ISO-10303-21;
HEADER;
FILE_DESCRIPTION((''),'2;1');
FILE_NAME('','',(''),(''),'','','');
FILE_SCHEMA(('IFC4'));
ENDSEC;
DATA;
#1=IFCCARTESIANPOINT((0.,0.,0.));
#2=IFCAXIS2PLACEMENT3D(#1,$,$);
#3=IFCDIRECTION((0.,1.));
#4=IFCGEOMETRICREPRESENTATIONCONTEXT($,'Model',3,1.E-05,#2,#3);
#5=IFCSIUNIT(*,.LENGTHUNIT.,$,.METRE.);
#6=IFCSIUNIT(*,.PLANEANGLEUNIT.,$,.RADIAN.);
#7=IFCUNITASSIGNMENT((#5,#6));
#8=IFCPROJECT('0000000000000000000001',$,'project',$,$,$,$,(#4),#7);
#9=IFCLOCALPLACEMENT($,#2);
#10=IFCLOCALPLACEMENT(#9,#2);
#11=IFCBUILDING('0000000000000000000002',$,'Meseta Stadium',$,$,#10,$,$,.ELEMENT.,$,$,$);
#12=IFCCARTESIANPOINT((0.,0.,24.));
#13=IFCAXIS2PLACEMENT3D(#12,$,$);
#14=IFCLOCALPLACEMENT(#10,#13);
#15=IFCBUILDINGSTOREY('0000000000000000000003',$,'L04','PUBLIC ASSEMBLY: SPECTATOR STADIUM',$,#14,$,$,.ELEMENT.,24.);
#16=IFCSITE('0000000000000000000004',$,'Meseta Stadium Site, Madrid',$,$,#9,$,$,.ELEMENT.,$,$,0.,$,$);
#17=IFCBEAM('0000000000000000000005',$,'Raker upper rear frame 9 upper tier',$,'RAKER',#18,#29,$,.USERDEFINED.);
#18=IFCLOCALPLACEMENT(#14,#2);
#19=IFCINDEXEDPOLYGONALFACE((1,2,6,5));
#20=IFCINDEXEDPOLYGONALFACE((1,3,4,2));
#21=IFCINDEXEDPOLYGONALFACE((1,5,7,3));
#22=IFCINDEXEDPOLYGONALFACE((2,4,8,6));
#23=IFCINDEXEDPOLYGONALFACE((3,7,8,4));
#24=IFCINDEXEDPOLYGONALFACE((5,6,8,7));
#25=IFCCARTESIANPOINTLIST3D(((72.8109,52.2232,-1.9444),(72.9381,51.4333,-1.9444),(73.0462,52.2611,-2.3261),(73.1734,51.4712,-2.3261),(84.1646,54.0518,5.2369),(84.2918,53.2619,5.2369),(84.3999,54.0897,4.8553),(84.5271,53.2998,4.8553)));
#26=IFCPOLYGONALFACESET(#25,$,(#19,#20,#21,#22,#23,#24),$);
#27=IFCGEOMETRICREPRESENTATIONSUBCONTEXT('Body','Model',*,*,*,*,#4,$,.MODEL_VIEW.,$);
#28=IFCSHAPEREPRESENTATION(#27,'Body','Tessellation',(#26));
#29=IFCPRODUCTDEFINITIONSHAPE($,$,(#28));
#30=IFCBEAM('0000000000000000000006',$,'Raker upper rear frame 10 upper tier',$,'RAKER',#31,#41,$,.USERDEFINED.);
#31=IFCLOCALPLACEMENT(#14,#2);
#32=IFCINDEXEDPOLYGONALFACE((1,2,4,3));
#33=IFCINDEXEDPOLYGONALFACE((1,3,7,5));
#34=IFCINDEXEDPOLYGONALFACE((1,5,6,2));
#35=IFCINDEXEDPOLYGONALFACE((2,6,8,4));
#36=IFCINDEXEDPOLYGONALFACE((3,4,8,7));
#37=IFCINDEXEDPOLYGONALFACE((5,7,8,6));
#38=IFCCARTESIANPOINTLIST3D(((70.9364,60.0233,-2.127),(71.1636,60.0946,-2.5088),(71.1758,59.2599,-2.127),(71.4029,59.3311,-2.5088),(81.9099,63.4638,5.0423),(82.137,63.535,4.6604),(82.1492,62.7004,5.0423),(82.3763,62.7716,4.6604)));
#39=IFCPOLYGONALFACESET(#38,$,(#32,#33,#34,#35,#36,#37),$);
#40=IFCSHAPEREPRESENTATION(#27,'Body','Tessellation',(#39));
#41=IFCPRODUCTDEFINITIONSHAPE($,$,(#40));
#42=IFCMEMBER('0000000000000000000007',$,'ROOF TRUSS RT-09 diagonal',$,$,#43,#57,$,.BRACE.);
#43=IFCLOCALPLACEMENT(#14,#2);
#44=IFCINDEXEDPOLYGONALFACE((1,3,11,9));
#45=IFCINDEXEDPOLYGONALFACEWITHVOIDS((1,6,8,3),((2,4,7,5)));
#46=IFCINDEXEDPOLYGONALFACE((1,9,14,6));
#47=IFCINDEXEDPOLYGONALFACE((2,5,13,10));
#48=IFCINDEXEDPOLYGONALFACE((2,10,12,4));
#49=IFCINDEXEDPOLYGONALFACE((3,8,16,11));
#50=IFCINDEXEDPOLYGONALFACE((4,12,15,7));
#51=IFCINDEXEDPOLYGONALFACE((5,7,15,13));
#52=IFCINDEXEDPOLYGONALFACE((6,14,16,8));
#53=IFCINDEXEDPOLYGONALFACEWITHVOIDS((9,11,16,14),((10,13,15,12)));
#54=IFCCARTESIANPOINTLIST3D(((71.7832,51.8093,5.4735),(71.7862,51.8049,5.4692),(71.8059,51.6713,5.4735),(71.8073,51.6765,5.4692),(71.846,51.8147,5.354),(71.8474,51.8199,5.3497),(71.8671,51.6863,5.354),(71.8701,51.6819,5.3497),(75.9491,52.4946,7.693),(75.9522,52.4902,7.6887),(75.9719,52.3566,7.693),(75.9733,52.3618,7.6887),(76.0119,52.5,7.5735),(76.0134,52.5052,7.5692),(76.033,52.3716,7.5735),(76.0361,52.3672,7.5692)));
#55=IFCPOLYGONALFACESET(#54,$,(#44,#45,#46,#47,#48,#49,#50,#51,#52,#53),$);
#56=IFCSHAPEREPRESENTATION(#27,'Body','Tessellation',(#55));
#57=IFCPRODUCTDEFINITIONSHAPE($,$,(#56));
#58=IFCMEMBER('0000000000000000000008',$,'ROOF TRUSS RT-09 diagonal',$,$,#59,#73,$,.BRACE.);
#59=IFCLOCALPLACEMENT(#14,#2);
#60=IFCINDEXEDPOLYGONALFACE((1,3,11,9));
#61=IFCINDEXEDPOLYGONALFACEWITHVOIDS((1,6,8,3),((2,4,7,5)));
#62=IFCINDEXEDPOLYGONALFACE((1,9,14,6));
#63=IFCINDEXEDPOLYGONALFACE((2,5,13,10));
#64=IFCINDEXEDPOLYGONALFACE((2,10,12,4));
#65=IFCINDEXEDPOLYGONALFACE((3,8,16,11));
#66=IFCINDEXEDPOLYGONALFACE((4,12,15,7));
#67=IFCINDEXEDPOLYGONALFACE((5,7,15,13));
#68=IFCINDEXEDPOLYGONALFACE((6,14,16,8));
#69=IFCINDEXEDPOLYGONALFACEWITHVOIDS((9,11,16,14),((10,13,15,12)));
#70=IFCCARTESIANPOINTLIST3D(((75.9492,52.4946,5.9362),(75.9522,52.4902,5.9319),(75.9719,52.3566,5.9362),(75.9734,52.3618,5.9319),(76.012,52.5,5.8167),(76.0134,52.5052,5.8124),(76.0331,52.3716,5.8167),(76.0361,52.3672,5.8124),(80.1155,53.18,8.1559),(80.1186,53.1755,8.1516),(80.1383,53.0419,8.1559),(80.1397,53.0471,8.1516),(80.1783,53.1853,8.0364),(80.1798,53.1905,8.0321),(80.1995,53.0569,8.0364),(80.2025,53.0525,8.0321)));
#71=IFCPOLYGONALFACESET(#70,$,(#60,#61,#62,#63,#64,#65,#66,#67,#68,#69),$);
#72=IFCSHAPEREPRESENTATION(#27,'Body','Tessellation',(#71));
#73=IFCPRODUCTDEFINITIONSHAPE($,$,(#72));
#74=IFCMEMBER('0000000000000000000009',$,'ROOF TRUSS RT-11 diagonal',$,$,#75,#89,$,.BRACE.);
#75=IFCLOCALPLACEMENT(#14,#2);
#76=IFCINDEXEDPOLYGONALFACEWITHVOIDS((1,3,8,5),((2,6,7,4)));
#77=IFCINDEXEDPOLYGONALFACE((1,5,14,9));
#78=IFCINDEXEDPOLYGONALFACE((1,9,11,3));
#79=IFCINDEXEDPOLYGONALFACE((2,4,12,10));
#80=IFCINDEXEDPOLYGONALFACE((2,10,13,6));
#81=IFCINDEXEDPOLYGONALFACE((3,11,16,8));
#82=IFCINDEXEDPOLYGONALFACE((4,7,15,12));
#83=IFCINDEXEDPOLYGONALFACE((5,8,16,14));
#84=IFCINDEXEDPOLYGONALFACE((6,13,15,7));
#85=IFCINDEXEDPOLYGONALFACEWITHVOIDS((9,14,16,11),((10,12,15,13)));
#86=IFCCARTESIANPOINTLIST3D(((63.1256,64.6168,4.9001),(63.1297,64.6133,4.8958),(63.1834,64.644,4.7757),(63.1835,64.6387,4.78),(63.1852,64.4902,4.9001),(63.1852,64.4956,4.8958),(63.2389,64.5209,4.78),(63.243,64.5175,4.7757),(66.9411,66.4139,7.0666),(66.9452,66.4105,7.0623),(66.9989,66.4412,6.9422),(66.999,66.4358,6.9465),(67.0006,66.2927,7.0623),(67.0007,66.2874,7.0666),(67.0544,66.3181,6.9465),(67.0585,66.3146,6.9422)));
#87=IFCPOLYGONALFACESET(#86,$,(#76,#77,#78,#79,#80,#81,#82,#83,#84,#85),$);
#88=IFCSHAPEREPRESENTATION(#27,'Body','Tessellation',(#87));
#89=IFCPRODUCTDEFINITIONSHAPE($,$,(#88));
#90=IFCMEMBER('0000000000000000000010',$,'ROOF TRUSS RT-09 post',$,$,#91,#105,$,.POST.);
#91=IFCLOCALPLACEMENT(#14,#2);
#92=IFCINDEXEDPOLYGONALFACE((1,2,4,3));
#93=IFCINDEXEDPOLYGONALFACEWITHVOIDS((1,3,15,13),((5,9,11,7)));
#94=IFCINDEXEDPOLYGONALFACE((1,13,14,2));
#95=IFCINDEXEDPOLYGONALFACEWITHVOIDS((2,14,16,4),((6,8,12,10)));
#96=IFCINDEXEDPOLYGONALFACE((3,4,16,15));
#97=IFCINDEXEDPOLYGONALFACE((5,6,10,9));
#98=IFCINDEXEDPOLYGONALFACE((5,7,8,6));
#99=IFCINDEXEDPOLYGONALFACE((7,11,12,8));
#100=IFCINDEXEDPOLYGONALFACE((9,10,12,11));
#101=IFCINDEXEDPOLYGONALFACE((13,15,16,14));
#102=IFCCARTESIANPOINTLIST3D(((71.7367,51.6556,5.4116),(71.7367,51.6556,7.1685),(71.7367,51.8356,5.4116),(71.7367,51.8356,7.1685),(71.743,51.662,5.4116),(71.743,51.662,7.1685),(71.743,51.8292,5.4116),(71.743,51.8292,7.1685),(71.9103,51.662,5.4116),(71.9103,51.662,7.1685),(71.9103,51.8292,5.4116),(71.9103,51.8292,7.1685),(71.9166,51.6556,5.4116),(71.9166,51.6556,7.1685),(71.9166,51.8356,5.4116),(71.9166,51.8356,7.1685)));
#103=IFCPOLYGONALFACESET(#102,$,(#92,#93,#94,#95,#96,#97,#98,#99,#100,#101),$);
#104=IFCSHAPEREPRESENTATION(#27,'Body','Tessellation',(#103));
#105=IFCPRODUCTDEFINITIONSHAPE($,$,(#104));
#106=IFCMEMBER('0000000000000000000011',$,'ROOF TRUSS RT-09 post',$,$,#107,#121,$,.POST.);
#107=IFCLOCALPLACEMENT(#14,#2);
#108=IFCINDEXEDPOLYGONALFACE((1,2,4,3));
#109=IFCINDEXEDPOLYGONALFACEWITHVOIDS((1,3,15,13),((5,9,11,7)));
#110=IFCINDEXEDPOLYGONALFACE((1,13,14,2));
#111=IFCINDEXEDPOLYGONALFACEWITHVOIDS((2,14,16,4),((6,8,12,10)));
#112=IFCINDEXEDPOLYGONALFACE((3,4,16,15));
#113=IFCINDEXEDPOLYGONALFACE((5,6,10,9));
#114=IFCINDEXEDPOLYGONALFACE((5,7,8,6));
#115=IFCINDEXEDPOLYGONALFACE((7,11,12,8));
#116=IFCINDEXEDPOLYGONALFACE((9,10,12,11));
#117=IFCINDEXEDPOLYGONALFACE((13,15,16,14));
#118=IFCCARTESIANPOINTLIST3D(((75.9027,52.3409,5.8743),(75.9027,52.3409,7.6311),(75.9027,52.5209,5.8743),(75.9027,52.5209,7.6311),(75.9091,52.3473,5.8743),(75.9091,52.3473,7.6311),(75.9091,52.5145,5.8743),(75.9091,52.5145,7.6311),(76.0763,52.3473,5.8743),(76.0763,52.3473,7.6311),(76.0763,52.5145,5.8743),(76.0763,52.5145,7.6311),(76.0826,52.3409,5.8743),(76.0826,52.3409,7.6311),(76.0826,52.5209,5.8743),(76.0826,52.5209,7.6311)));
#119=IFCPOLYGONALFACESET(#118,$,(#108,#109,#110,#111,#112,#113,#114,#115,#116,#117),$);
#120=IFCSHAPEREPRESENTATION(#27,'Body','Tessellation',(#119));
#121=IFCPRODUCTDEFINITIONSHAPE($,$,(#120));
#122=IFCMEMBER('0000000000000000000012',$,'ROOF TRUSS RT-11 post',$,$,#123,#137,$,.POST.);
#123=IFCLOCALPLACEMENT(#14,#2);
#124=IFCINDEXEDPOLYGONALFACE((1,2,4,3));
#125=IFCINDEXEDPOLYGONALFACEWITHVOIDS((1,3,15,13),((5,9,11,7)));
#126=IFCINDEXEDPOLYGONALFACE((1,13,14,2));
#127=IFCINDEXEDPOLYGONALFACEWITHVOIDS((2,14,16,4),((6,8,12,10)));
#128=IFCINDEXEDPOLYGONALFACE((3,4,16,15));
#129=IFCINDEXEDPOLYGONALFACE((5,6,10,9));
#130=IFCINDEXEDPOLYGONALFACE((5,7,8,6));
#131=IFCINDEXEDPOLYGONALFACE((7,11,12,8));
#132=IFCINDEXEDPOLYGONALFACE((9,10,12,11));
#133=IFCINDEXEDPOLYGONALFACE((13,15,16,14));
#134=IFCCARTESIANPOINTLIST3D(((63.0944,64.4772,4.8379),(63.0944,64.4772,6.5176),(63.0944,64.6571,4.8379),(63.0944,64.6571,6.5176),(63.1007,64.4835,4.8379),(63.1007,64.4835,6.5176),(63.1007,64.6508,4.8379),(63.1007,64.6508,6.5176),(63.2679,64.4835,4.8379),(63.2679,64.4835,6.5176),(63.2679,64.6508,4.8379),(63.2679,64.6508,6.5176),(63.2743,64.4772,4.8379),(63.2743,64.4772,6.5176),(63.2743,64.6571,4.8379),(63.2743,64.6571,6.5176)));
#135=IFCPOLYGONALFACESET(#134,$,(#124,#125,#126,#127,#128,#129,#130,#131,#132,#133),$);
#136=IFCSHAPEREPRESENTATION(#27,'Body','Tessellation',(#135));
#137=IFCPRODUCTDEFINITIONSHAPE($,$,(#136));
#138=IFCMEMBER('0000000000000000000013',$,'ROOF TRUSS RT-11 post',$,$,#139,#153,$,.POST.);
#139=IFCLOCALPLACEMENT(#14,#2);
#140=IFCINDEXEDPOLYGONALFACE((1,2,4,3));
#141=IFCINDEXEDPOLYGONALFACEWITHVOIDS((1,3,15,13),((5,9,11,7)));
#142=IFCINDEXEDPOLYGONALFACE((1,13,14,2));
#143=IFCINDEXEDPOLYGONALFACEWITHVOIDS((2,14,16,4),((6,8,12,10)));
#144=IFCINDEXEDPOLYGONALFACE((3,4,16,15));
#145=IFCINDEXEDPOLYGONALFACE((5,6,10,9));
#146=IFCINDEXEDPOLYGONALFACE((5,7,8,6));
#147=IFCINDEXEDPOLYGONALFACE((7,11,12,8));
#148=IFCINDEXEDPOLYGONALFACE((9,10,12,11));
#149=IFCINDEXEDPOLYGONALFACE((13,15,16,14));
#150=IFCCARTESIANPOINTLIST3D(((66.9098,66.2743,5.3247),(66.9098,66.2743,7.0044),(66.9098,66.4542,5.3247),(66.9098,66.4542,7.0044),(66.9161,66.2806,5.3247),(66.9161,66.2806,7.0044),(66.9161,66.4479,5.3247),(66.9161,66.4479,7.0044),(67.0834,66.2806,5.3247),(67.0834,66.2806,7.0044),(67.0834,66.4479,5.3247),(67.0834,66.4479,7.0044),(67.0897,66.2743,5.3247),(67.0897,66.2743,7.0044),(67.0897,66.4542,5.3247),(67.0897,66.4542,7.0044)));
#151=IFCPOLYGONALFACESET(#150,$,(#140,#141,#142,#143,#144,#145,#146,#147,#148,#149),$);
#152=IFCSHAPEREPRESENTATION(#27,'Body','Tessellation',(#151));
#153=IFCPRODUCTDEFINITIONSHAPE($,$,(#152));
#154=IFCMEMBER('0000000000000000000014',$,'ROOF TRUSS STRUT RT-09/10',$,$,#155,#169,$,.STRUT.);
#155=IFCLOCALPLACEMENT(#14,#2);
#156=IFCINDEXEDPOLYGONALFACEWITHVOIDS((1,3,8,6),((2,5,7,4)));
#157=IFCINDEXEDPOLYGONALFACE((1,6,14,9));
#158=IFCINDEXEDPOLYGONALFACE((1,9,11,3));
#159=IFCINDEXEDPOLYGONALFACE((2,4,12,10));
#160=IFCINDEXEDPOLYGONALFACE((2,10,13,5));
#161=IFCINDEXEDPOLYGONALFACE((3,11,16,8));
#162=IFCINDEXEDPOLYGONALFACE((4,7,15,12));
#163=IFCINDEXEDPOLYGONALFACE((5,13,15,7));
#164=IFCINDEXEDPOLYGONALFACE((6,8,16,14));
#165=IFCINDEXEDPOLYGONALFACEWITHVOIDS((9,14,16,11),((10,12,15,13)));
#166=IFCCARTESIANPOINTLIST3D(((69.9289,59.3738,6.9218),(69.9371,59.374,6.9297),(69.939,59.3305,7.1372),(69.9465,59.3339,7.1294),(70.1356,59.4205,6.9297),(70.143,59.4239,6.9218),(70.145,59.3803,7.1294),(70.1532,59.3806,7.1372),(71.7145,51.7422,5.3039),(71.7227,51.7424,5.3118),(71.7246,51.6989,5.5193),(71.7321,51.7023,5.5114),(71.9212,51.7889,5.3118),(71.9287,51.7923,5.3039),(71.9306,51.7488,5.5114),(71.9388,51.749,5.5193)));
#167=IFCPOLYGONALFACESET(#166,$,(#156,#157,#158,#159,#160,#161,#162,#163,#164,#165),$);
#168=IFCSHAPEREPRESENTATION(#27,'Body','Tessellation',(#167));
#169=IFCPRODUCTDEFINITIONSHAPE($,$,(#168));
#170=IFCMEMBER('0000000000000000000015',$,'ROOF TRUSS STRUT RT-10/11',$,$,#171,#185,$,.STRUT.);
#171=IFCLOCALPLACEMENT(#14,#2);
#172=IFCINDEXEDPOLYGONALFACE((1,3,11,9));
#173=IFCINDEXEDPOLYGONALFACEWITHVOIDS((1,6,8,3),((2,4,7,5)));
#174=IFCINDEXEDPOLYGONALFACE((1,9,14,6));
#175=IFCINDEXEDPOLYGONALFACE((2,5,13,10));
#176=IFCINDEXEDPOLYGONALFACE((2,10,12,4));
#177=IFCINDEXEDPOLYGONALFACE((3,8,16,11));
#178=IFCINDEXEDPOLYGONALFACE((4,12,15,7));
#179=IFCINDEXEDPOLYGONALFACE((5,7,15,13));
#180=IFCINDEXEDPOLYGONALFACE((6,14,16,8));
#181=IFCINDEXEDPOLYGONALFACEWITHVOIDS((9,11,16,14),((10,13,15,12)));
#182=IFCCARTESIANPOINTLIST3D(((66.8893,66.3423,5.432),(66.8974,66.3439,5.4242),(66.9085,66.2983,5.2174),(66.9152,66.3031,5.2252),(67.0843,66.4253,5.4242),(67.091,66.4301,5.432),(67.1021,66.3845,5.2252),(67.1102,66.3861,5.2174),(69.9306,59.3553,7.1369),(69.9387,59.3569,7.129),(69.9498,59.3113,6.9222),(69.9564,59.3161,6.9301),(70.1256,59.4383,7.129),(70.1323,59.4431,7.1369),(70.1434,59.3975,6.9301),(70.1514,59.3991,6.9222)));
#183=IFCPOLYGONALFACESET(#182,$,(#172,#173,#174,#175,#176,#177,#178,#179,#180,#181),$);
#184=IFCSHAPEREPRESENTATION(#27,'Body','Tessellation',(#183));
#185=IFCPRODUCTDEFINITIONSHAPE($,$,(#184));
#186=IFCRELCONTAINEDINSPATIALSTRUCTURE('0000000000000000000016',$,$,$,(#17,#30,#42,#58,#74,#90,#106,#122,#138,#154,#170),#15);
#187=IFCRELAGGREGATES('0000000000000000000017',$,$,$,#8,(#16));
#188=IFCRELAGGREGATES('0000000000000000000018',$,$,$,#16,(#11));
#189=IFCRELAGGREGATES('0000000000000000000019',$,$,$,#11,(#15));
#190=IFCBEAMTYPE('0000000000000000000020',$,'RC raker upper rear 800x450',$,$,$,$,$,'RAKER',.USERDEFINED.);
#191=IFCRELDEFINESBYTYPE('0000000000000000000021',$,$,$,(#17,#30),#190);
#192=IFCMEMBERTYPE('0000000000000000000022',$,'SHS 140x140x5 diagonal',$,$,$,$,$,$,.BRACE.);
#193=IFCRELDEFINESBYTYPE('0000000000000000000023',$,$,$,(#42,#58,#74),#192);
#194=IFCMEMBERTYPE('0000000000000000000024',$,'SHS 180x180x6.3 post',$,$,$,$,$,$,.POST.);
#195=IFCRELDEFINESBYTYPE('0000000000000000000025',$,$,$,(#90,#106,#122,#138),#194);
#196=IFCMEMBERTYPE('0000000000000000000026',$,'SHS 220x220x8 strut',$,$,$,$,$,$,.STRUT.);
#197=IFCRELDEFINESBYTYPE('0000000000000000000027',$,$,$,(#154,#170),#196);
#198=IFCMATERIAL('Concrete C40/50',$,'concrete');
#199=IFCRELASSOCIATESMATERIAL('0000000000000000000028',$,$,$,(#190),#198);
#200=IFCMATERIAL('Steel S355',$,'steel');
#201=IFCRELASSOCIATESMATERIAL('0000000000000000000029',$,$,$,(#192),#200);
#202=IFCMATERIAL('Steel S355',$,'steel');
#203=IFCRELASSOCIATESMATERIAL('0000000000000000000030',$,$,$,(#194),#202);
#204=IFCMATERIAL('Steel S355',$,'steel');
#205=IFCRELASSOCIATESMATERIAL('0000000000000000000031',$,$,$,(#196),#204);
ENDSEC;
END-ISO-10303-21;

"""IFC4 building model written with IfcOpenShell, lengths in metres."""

from ifc_helpers import new_model, si_unit, direction, frame, origin, origin_2d, place, context, subcontext, project, spatial, rectangle, hollow_rectangle, extrude, material, material_profile, profile_set, type_object, element, save


model = new_model("IFC4")

# Units and contexts
model_context = context("Model", 3, precision=1e-05, world=origin(), true_north=direction((0.0, 1.0)))
body_context = subcontext(model_context, "Body", "Model", "MODEL_VIEW")
ifc_project = project(units=[si_unit("LENGTHUNIT", "METRE"), si_unit("PLANEANGLEUNIT", "RADIAN")], contexts=[model_context])

# Site, building, storey
site_placement = place(None, origin())
site = spatial("IfcSite", under=ifc_project, at=site_placement, Name="Meseta Stadium Site, Madrid", CompositionType="ELEMENT", RefElevation=0.0)
building_placement = place(site_placement, origin())
building = spatial("IfcBuilding", under=site, at=building_placement, Name="Meseta Stadium", CompositionType="ELEMENT")
storey_placement = place(building_placement, frame((0.0, 0.0, 24.0)))
storey = spatial("IfcBuildingStorey", under=building, at=storey_placement, Name="L04", Description="PUBLIC ASSEMBLY: SPECTATOR STADIUM", CompositionType="ELEMENT", Elevation=24.0)

# Beams
ifc_material_1 = material(Name="Concrete C40/50", Category="concrete")
ifc_material_profile_1 = material_profile(ifc_material_1, rectangle(XDim=0.8, YDim=0.45, at=origin_2d()), Name="RC 800x450")
ifc_profile_set_1 = profile_set([ifc_material_profile_1], Name="Concrete C40/50")
beam_type = type_object("IfcBeamType", Name="RC raker upper rear 800x450", ElementType="RAKER", PredefinedType="USERDEFINED", material=ifc_profile_set_1)
beam_1_placement = place(storey_placement, frame((72.9922, 51.8472, -2.1353), z_axis=(0.837411, 0.134872, 0.529673), x_axis=(-0.159009, 0.987277, 0.0)))
element("IfcBeam", 1, at=beam_1_placement, inside=storey, type_object=beam_type, Name="Raker upper rear frame 9 upper tier", ObjectType="RAKER", PredefinedType="USERDEFINED", context=body_context, shape_type="SweptSolid", body=[
    extrude(rectangle(XDim=0.8, YDim=0.45, at=origin_2d()), origin(), (0.0, 0.0, 1.0), 13.5581),
])
beam_2_placement = place(storey_placement, frame((71.1697, 59.6772, -2.3179), z_axis=(0.809741, 0.253874, 0.529024), x_axis=(-0.299166, 0.954201, 0.0)))
element("IfcBeam", 2, at=beam_2_placement, inside=storey, type_object=beam_type, Name="Raker upper rear frame 10 upper tier", ObjectType="RAKER", PredefinedType="USERDEFINED", context=body_context, shape_type="SweptSolid", body=[
    extrude(rectangle(XDim=0.8, YDim=0.45, at=origin_2d()), origin(), (0.0, 0.0, 1.0), 13.5518),
])

# Members
ifc_material_2 = material(Name="Steel S355", Category="steel")
ifc_material_profile_2 = material_profile(ifc_material_2, hollow_rectangle(XDim=0.1399, YDim=0.1399, WallThickness=0.0049, at=origin_2d()), Name="SHS 140x140x5")
ifc_profile_set_2 = profile_set([ifc_material_profile_2], Name="Steel S355")
member_type_1 = type_object("IfcMemberType", Name="SHS 140x140x5 diagonal", PredefinedType="BRACE", material=ifc_profile_set_2)
member_1_placement = place(storey_placement, frame((71.8267, 51.7456, 5.4116), z_axis=(0.873407, 0.143674, 0.465315), x_axis=(-0.162317, 0.986739, 0.0)))
element("IfcMember", 3, at=member_1_placement, inside=storey, type_object=member_type_1, Name="ROOF TRUSS RT-09 diagonal", PredefinedType="BRACE", context=body_context, shape_type="SweptSolid", body=[
    extrude(hollow_rectangle(XDim=0.1399, YDim=0.1399, WallThickness=0.0049, at=origin_2d()), origin(), (0.0, 0.0, 1.0), 4.7698),
])
member_2_placement = place(storey_placement, frame((75.9927, 52.4309, 5.8743), z_axis=(0.873398, 0.143664, 0.465335), x_axis=(-0.162308, 0.98674, 0.0)))
element("IfcMember", 4, at=member_2_placement, inside=storey, type_object=member_type_1, Name="ROOF TRUSS RT-09 diagonal", PredefinedType="BRACE", context=body_context, shape_type="SweptSolid", body=[
    extrude(hollow_rectangle(XDim=0.1399, YDim=0.1399, WallThickness=0.0049, at=origin_2d()), origin(), (0.0, 0.0, 1.0), 4.7703),
])
member_3_placement = place(storey_placement, frame((63.1843, 64.5671, 4.8379), z_axis=(0.804705, 0.379027, 0.456933), x_axis=(-0.426112, 0.90467, 0.0)))
element("IfcMember", 5, at=member_3_placement, inside=storey, type_object=member_type_1, Name="ROOF TRUSS RT-11 diagonal", PredefinedType="BRACE", context=body_context, shape_type="SweptSolid", body=[
    extrude(hollow_rectangle(XDim=0.1399, YDim=0.1399, WallThickness=0.0049, at=origin_2d()), origin(), (0.0, 0.0, 1.0), 4.7415),
])
ifc_material_3 = material(Name="Steel S355", Category="steel")
ifc_material_profile_3 = material_profile(ifc_material_3, hollow_rectangle(XDim=0.1799, YDim=0.1799, WallThickness=0.0063, at=origin_2d()), Name="SHS 180x180x6.3")
ifc_profile_set_3 = profile_set([ifc_material_profile_3], Name="Steel S355")
member_type_2 = type_object("IfcMemberType", Name="SHS 180x180x6.3 post", PredefinedType="POST", material=ifc_profile_set_3)
for number, where, z_axis, x_axis, name in (
    (6, (71.8267, 51.7456, 5.4116), (0.0, 0.0, 1.0), (1.0, 0.0, 0.0), "ROOF TRUSS RT-09 post"),
    (7, (75.9927, 52.4309, 5.8743), (0.0, 0.0, 1.0), (1.0, 0.0, 0.0), "ROOF TRUSS RT-09 post"),
):
    element("IfcMember", number, at=place(storey_placement, frame(where, z_axis=z_axis, x_axis=x_axis)), inside=storey, type_object=member_type_2, Name=name, PredefinedType="POST", context=body_context, shape_type="SweptSolid", body=[
        extrude(hollow_rectangle(XDim=0.1799, YDim=0.1799, WallThickness=0.0063, at=origin_2d()), origin(), (0.0, 0.0, 1.0), 1.7568),
    ])
for number, where, z_axis, x_axis, name in (
    (8, (63.1843, 64.5671, 4.8379), (0.0, 0.0, 1.0), (1.0, 0.0, 0.0), "ROOF TRUSS RT-11 post"),
    (9, (66.9998, 66.3643, 5.3247), (0.0, 0.0, 1.0), (1.0, 0.0, 0.0), "ROOF TRUSS RT-11 post"),
):
    element("IfcMember", number, at=place(storey_placement, frame(where, z_axis=z_axis, x_axis=x_axis)), inside=storey, type_object=member_type_2, Name=name, PredefinedType="POST", context=body_context, shape_type="SweptSolid", body=[
        extrude(hollow_rectangle(XDim=0.1799, YDim=0.1799, WallThickness=0.0063, at=origin_2d()), origin(), (0.0, 0.0, 1.0), 1.6797),
    ])
ifc_material_4 = material(Name="Steel S355", Category="steel")
ifc_material_profile_4 = material_profile(ifc_material_4, hollow_rectangle(XDim=0.22, YDim=0.22, WallThickness=0.0081, at=origin_2d()), Name="SHS 220x220x8")
ifc_profile_set_4 = profile_set([ifc_material_profile_4], Name="Steel S355")
member_type_3 = type_object("IfcMemberType", Name="SHS 220x220x8 strut", PredefinedType="STRUT", material=ifc_profile_set_4)
member_4_placement = place(storey_placement, frame((71.8267, 51.7456, 5.4116), z_axis=(-0.223123, 0.953596, 0.202165), x_axis=(-0.973702, -0.227827, 0.0)))
element("IfcMember", 10, at=member_4_placement, inside=storey, type_object=member_type_3, Name="ROOF TRUSS STRUT RT-09/10", PredefinedType="STRUT", context=body_context, shape_type="SweptSolid", body=[
    extrude(hollow_rectangle(XDim=0.22, YDim=0.22, WallThickness=0.0081, at=origin_2d()), origin(), (0.0, 0.0, 1.0), 8.0029),
])
member_5_placement = place(storey_placement, frame((70.041, 59.3772, 7.0295), z_axis=(-0.389474, 0.894787, -0.218327), x_axis=(-0.916906, -0.399102, 0.0)))
element("IfcMember", 11, at=member_5_placement, inside=storey, type_object=member_type_3, Name="ROOF TRUSS STRUT RT-10/11", PredefinedType="STRUT", context=body_context, shape_type="SweptSolid", body=[
    extrude(hollow_rectangle(XDim=0.22, YDim=0.22, WallThickness=0.0081, at=origin_2d()), origin(), (0.0, 0.0, 1.0), 7.8086),
])

save(model, "model.ifc")
